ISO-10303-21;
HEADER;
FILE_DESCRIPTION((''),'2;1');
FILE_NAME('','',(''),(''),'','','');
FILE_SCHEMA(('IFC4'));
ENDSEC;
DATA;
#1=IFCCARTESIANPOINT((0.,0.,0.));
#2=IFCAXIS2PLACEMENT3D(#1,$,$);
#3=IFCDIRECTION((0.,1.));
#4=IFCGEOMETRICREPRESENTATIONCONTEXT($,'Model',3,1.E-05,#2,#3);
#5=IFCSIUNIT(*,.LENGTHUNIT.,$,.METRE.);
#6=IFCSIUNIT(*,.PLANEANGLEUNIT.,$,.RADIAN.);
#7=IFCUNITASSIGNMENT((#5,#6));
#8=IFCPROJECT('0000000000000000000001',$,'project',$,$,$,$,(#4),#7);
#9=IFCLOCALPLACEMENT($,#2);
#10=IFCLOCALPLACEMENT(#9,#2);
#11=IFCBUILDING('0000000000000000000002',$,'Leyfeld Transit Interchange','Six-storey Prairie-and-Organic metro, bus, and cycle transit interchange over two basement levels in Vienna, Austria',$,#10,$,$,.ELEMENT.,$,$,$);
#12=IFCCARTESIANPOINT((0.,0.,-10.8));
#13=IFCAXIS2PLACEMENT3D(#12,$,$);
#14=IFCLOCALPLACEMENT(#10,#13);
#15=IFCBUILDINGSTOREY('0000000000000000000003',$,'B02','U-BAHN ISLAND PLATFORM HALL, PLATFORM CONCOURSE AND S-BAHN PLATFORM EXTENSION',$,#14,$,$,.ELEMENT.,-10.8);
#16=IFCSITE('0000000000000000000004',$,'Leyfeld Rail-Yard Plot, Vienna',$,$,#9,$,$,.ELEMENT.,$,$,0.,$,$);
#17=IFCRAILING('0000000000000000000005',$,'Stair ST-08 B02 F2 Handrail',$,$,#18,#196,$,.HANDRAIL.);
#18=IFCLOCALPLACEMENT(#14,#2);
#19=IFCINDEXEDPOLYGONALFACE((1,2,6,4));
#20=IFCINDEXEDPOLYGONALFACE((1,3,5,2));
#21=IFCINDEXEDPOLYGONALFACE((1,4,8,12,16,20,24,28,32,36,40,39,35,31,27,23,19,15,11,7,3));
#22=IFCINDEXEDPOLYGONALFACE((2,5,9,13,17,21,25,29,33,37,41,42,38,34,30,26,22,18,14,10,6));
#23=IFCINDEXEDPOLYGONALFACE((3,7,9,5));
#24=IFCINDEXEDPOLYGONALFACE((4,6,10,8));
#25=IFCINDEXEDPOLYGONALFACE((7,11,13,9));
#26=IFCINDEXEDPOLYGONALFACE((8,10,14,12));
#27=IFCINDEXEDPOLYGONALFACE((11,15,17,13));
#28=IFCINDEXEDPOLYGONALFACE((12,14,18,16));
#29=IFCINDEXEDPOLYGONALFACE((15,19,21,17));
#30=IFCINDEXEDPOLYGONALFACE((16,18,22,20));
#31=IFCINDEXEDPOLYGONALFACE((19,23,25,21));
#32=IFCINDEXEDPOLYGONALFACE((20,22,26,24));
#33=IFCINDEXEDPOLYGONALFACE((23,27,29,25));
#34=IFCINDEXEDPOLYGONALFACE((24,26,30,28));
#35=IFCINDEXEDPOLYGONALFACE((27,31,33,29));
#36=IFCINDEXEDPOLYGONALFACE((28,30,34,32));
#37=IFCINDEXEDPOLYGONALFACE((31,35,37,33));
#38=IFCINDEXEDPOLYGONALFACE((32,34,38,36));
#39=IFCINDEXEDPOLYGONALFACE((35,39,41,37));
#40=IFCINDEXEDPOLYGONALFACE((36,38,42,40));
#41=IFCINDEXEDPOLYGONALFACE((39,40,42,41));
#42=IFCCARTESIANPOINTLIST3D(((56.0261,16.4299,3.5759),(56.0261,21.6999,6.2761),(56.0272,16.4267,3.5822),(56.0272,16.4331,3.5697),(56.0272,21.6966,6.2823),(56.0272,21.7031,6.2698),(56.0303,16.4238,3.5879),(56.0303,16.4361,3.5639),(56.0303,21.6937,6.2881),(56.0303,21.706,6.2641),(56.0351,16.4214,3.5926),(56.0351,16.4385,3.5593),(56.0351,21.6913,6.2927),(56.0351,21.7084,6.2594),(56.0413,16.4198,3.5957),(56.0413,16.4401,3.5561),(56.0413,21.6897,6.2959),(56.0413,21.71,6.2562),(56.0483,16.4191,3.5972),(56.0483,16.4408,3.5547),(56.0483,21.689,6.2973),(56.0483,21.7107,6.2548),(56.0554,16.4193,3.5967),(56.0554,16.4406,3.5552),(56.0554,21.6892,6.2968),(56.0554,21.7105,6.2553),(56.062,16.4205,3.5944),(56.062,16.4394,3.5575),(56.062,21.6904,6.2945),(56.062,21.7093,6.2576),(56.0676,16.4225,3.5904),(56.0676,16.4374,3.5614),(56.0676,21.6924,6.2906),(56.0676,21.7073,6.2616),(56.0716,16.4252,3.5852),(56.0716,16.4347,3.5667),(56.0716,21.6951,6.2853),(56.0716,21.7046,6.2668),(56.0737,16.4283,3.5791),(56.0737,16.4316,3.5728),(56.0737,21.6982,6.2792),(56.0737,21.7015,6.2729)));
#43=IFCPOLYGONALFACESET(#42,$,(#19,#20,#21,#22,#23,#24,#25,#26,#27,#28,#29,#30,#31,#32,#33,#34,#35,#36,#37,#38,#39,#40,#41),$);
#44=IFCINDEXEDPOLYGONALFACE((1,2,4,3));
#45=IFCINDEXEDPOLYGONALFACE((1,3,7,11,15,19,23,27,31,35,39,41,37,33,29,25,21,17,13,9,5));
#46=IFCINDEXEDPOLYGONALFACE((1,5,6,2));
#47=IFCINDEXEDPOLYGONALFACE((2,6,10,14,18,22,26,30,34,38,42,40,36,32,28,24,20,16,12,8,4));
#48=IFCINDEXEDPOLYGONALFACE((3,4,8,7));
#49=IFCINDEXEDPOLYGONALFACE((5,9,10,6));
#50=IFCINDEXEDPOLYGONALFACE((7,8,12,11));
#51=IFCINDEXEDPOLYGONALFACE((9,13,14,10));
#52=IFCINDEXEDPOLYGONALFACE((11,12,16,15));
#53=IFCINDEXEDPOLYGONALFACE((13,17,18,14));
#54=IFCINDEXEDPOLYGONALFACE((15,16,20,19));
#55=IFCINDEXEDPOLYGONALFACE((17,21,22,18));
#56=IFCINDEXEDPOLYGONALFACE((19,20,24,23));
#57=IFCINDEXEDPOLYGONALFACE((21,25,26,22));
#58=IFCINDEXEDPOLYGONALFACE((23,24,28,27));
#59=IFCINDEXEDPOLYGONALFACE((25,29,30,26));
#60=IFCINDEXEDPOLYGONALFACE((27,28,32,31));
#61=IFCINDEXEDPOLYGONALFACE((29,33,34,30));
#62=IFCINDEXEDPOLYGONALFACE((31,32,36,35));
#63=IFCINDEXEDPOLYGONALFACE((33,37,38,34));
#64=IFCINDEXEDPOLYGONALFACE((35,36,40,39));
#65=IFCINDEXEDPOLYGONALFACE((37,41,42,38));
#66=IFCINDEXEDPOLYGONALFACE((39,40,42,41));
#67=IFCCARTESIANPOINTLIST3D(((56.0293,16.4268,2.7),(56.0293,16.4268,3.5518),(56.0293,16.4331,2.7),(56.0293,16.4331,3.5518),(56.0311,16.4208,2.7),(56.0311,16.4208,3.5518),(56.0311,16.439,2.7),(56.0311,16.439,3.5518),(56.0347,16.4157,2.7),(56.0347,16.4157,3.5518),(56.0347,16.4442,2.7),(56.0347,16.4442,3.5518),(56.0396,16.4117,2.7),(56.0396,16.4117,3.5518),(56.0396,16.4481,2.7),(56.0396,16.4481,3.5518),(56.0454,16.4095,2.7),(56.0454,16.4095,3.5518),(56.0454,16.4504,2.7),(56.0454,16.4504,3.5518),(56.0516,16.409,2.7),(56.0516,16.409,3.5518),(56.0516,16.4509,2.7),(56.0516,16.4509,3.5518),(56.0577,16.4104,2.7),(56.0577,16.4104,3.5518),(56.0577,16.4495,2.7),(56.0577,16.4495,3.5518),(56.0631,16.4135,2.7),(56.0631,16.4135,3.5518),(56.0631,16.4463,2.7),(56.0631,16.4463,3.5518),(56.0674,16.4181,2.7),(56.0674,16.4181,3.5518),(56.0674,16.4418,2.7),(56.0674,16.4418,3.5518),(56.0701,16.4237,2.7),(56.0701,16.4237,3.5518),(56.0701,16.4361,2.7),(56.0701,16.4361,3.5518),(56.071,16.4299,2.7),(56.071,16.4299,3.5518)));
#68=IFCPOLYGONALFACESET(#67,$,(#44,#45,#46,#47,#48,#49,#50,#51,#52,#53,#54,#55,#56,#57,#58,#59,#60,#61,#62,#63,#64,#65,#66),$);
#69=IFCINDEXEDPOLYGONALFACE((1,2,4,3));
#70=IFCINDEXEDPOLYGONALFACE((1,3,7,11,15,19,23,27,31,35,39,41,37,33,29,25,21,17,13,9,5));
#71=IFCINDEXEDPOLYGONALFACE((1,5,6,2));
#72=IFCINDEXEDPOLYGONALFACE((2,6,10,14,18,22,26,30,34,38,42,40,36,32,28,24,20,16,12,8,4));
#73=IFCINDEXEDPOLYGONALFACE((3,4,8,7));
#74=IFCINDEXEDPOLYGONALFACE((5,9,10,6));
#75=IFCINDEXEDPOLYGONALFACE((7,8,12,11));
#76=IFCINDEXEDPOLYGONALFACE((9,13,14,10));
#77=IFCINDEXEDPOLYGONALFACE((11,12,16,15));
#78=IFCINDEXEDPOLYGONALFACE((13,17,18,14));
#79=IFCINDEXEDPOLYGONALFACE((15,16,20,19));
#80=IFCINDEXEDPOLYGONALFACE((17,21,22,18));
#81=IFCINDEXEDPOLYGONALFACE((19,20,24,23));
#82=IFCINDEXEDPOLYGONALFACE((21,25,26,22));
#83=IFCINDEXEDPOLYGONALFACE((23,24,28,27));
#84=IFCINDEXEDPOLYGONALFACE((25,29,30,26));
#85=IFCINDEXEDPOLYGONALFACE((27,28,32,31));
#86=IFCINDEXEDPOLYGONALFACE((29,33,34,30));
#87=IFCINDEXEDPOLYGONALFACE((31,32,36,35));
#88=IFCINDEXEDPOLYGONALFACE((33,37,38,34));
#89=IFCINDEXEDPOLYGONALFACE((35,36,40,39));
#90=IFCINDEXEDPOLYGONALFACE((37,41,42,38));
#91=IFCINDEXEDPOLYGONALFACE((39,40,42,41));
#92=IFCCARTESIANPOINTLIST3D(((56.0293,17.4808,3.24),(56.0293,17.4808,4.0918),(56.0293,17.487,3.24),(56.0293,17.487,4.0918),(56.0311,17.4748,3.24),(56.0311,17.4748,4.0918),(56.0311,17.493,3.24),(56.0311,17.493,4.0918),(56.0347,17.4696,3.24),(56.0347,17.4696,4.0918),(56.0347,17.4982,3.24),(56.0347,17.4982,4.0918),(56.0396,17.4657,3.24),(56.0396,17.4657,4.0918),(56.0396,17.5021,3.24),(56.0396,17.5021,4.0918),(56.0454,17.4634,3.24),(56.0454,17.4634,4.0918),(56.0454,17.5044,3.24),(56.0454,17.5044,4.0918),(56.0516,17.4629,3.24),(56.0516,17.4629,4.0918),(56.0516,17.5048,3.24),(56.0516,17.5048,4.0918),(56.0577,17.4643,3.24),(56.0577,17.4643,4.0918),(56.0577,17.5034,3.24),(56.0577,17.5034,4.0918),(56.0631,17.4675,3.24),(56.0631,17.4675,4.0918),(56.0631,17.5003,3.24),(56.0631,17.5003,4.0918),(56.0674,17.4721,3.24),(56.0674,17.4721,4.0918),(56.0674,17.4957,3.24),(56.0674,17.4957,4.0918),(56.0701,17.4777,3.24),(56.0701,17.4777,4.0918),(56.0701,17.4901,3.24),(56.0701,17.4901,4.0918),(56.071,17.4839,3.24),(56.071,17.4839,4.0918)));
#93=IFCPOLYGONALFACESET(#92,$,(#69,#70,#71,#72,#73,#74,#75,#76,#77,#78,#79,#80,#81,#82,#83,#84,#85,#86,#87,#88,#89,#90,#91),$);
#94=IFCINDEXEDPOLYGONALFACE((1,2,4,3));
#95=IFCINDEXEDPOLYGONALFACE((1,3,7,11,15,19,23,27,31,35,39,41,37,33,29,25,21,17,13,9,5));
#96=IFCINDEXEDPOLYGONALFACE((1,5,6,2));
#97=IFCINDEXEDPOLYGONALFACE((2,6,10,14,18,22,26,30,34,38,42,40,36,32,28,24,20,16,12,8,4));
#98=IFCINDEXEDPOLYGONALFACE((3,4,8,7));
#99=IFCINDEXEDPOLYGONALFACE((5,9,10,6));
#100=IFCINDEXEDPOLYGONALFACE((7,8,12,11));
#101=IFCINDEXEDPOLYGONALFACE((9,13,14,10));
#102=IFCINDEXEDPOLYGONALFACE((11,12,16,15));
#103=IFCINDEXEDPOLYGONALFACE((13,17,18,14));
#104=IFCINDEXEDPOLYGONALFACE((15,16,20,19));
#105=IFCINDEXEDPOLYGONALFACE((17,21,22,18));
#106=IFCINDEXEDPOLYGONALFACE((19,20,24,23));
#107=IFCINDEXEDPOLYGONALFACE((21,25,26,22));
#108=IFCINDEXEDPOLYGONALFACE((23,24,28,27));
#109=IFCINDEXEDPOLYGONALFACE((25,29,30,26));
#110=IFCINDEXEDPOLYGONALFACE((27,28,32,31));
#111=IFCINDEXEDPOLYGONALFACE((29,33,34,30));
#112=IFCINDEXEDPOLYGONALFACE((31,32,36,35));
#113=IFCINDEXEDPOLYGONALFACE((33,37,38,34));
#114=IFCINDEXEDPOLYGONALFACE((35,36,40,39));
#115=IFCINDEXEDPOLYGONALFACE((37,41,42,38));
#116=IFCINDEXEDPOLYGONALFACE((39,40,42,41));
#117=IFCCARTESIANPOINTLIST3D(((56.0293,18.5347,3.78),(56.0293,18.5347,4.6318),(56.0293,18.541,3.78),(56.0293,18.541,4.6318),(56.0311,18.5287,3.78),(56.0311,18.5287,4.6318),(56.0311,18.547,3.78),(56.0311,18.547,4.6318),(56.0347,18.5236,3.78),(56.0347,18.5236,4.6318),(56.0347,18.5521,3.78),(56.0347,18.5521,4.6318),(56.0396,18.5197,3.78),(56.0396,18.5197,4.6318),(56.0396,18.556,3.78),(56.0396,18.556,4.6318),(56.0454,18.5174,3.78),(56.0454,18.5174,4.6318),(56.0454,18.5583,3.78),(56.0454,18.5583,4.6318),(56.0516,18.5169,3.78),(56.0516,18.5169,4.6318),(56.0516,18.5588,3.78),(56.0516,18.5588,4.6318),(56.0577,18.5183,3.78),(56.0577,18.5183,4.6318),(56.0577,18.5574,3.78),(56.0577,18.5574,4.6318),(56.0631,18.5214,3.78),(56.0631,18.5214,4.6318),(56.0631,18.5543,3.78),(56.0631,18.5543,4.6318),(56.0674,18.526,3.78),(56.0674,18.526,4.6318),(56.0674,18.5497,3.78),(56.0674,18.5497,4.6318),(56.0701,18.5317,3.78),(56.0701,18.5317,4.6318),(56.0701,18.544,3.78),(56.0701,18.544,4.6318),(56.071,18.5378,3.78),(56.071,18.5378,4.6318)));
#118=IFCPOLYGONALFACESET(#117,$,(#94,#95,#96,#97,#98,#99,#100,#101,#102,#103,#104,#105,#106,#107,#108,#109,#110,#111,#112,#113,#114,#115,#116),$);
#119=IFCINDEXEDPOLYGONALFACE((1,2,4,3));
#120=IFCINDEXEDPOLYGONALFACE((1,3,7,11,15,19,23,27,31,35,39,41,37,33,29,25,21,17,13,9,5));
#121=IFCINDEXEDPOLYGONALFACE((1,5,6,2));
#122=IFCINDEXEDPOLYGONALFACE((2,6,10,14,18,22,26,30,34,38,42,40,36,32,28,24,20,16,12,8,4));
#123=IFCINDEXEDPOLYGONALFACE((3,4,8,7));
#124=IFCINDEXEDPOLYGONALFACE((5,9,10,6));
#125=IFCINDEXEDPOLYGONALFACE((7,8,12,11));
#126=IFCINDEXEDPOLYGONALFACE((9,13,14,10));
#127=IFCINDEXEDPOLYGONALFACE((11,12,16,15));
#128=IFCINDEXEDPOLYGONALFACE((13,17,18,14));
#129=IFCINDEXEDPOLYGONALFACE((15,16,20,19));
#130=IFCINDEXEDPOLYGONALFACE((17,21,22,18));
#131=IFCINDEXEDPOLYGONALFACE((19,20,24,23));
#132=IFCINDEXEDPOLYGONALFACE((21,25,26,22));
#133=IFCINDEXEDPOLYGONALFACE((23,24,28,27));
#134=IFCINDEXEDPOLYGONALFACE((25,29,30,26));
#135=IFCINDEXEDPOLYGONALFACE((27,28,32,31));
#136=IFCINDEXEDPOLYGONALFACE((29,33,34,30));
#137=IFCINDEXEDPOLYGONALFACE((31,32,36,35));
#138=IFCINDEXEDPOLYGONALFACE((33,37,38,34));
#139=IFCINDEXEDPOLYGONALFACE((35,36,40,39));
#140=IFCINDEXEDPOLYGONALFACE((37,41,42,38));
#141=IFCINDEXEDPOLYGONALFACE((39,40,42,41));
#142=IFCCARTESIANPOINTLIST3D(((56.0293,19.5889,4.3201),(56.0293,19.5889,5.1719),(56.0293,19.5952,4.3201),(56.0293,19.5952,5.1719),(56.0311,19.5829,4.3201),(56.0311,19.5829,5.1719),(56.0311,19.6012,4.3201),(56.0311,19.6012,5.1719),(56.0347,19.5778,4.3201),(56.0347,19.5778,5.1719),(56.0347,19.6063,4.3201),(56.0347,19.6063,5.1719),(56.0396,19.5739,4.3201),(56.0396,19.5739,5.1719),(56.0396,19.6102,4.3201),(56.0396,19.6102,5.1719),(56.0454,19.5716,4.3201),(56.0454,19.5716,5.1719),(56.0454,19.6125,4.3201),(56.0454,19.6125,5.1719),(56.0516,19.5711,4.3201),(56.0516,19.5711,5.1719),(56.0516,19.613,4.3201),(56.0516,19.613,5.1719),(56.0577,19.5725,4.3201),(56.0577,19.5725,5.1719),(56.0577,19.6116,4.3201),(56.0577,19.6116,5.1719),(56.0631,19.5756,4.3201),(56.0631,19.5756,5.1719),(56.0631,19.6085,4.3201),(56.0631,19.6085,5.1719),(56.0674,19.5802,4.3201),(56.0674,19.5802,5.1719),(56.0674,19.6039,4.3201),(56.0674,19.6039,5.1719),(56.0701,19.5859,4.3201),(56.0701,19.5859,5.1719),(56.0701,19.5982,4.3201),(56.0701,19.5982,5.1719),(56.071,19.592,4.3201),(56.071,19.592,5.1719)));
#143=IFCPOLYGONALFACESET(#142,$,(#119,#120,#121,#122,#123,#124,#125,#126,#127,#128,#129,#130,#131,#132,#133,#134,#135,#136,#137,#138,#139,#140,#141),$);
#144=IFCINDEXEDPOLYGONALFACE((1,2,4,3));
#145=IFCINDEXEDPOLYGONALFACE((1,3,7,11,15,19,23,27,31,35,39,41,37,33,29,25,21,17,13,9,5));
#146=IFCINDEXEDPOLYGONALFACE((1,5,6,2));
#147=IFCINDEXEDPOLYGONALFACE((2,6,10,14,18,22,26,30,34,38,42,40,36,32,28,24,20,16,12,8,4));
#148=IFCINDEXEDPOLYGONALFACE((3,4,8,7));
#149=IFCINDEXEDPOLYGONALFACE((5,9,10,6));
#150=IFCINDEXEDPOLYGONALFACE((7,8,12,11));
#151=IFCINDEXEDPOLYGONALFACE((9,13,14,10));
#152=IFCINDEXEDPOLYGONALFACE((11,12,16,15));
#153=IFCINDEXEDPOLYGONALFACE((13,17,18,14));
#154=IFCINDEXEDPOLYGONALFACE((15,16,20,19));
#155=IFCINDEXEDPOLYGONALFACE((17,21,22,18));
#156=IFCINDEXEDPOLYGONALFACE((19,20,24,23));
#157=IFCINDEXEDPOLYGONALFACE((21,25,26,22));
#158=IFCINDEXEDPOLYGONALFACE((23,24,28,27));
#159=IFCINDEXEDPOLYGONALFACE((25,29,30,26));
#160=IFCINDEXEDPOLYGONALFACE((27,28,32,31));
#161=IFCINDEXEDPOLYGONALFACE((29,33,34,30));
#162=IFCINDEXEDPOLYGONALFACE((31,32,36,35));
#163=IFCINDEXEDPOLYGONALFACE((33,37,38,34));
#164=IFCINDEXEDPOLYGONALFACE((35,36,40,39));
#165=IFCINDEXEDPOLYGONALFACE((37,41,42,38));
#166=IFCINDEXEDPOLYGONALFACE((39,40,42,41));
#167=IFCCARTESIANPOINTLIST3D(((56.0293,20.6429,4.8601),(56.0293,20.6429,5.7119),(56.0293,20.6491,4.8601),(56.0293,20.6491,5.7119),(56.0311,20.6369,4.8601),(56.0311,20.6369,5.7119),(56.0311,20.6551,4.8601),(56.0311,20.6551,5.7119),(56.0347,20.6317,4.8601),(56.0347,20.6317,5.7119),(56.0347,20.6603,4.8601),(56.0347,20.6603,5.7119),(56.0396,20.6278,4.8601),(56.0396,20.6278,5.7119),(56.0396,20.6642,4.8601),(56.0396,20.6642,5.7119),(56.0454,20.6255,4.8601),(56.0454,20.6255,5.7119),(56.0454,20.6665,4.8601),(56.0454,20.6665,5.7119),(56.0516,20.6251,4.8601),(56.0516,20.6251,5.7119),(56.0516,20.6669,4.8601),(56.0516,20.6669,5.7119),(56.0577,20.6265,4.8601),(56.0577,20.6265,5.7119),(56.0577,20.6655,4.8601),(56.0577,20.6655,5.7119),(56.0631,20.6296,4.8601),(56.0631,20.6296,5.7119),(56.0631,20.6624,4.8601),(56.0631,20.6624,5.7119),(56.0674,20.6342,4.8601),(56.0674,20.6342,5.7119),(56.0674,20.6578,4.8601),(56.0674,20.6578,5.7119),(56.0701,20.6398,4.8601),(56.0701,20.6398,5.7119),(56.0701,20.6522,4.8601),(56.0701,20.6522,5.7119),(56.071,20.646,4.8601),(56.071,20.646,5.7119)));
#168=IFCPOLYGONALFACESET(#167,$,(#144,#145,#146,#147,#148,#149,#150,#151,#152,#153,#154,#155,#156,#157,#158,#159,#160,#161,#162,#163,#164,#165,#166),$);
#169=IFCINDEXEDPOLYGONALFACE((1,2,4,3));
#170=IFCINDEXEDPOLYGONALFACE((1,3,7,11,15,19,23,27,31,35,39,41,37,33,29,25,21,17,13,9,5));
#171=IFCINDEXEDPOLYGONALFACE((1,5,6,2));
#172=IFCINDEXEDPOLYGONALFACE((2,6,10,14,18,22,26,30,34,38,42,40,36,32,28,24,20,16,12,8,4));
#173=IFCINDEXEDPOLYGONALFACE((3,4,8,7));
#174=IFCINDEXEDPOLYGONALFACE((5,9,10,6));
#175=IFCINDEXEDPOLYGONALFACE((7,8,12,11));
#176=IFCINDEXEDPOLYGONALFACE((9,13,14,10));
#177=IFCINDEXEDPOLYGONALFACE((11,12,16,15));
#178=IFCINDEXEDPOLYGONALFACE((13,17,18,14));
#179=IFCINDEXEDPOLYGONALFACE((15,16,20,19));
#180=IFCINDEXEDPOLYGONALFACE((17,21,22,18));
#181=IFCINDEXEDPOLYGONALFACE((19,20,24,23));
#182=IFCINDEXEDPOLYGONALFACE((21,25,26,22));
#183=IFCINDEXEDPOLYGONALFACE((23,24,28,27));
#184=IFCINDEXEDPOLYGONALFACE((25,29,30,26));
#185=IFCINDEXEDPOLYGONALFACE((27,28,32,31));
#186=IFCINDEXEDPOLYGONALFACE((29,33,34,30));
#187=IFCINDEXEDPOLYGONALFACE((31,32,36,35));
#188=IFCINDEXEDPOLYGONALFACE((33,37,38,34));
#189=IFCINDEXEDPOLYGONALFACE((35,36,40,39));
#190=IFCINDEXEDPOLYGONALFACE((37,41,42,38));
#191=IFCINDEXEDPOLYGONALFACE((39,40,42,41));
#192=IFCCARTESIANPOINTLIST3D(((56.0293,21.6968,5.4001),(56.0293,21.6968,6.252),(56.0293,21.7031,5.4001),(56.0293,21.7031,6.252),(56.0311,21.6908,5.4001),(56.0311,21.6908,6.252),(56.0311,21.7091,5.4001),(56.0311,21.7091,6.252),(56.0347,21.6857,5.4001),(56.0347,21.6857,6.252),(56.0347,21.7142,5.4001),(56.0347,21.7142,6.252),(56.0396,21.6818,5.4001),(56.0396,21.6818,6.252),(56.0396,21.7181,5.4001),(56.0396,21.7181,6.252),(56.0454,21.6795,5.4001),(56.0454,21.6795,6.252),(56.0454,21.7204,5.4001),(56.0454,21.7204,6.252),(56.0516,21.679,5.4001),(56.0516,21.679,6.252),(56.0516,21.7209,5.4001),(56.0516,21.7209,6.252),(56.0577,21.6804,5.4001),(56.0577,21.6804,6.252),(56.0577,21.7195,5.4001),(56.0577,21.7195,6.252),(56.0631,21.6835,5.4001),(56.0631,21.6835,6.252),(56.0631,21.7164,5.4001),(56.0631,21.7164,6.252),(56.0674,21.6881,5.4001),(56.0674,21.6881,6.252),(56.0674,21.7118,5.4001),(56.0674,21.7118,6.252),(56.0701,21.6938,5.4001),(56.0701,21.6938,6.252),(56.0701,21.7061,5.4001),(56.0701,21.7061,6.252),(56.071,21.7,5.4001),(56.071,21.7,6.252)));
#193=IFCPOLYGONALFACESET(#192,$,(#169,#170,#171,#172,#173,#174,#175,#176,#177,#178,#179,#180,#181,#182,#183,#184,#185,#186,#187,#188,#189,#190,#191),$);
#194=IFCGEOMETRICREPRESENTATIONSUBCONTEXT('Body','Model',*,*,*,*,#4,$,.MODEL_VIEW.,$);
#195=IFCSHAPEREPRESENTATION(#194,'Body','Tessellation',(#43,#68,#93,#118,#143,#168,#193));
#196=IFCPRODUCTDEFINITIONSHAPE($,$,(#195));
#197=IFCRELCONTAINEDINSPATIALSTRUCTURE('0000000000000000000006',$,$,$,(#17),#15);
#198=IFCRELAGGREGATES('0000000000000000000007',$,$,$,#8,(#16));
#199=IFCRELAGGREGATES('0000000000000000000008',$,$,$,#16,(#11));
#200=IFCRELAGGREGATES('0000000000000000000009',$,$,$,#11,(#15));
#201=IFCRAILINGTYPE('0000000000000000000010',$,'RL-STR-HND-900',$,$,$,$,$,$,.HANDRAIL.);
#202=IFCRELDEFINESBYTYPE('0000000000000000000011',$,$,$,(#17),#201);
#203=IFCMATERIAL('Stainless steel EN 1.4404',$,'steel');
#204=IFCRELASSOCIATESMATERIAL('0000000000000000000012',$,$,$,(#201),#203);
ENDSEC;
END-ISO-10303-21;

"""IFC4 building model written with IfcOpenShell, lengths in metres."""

from ifc_helpers import new_model, si_unit, direction, frame, origin, origin_2d, place, context, subcontext, project, spatial, circle, extrude, material, type_object, element, save


model = new_model("IFC4")

# Units and contexts
model_context = context("Model", 3, precision=1e-05, world=origin(), true_north=direction((0.0, 1.0)))
body_context = subcontext(model_context, "Body", "Model", "MODEL_VIEW")
ifc_project = project(units=[si_unit("LENGTHUNIT", "METRE"), si_unit("PLANEANGLEUNIT", "RADIAN")], contexts=[model_context])

# Site, building, storey
site_placement = place(None, origin())
site = spatial("IfcSite", under=ifc_project, at=site_placement, Name="Leyfeld Rail-Yard Plot, Vienna", CompositionType="ELEMENT", RefElevation=0.0)
building_placement = place(site_placement, origin())
building = spatial("IfcBuilding", under=site, at=building_placement, Name="Leyfeld Transit Interchange", Description="Six-storey Prairie-and-Organic metro, bus, and cycle transit interchange over two basement levels in Vienna, Austria", CompositionType="ELEMENT")
storey_placement = place(building_placement, frame((0.0, 0.0, -10.8)))
storey = spatial("IfcBuildingStorey", under=building, at=storey_placement, Name="B02", Description="U-BAHN ISLAND PLATFORM HALL, PLATFORM CONCOURSE AND S-BAHN PLATFORM EXTENSION", CompositionType="ELEMENT", Elevation=-10.8)

# Railing
ifc_material_1 = material(Name="Stainless steel EN 1.4404", Category="steel")
railing_type_1 = type_object("IfcRailingType", Name="RL-STR-HND-900", PredefinedType="HANDRAIL", material=ifc_material_1)
railing_1_placement = place(storey_placement, frame((56.05, 16.4299, 2.7)))
element("IfcRailing", 1, at=railing_1_placement, inside=storey, type_object=railing_type_1, Name="Stair ST-08 B02 F2 Handrail", PredefinedType="HANDRAIL", context=body_context, shape_type="SweptSolid", body=[
    extrude(circle(Radius=0.0239, at=origin_2d()), frame((0.0, 0.0, 0.876), z_axis=(0.0, 0.889981, 0.455999), x_axis=(-1.0, 0.0, 0.0)), (0.0, 0.0, 1.0), 5.9214),
    extrude(circle(Radius=0.021, at=origin_2d()), origin(), (0.0, 0.0, 1.0), 0.8518),
    extrude(circle(Radius=0.021, at=origin_2d()), frame((0.0, 1.054, 0.54)), (0.0, 0.0, 1.0), 0.8518),
    extrude(circle(Radius=0.021, at=origin_2d()), frame((0.0, 2.1079, 1.0801)), (0.0, 0.0, 1.0), 0.8518),
    extrude(circle(Radius=0.021, at=origin_2d()), frame((0.0, 3.1621, 1.6201)), (0.0, 0.0, 1.0), 0.8518),
    extrude(circle(Radius=0.021, at=origin_2d()), frame((0.0, 4.2161, 2.1602)), (0.0, 0.0, 1.0), 0.8518),
    extrude(circle(Radius=0.021, at=origin_2d()), frame((0.0, 5.27, 2.7002)), (0.0, 0.0, 1.0), 0.8518),
])

save(model, "model.ifc")
